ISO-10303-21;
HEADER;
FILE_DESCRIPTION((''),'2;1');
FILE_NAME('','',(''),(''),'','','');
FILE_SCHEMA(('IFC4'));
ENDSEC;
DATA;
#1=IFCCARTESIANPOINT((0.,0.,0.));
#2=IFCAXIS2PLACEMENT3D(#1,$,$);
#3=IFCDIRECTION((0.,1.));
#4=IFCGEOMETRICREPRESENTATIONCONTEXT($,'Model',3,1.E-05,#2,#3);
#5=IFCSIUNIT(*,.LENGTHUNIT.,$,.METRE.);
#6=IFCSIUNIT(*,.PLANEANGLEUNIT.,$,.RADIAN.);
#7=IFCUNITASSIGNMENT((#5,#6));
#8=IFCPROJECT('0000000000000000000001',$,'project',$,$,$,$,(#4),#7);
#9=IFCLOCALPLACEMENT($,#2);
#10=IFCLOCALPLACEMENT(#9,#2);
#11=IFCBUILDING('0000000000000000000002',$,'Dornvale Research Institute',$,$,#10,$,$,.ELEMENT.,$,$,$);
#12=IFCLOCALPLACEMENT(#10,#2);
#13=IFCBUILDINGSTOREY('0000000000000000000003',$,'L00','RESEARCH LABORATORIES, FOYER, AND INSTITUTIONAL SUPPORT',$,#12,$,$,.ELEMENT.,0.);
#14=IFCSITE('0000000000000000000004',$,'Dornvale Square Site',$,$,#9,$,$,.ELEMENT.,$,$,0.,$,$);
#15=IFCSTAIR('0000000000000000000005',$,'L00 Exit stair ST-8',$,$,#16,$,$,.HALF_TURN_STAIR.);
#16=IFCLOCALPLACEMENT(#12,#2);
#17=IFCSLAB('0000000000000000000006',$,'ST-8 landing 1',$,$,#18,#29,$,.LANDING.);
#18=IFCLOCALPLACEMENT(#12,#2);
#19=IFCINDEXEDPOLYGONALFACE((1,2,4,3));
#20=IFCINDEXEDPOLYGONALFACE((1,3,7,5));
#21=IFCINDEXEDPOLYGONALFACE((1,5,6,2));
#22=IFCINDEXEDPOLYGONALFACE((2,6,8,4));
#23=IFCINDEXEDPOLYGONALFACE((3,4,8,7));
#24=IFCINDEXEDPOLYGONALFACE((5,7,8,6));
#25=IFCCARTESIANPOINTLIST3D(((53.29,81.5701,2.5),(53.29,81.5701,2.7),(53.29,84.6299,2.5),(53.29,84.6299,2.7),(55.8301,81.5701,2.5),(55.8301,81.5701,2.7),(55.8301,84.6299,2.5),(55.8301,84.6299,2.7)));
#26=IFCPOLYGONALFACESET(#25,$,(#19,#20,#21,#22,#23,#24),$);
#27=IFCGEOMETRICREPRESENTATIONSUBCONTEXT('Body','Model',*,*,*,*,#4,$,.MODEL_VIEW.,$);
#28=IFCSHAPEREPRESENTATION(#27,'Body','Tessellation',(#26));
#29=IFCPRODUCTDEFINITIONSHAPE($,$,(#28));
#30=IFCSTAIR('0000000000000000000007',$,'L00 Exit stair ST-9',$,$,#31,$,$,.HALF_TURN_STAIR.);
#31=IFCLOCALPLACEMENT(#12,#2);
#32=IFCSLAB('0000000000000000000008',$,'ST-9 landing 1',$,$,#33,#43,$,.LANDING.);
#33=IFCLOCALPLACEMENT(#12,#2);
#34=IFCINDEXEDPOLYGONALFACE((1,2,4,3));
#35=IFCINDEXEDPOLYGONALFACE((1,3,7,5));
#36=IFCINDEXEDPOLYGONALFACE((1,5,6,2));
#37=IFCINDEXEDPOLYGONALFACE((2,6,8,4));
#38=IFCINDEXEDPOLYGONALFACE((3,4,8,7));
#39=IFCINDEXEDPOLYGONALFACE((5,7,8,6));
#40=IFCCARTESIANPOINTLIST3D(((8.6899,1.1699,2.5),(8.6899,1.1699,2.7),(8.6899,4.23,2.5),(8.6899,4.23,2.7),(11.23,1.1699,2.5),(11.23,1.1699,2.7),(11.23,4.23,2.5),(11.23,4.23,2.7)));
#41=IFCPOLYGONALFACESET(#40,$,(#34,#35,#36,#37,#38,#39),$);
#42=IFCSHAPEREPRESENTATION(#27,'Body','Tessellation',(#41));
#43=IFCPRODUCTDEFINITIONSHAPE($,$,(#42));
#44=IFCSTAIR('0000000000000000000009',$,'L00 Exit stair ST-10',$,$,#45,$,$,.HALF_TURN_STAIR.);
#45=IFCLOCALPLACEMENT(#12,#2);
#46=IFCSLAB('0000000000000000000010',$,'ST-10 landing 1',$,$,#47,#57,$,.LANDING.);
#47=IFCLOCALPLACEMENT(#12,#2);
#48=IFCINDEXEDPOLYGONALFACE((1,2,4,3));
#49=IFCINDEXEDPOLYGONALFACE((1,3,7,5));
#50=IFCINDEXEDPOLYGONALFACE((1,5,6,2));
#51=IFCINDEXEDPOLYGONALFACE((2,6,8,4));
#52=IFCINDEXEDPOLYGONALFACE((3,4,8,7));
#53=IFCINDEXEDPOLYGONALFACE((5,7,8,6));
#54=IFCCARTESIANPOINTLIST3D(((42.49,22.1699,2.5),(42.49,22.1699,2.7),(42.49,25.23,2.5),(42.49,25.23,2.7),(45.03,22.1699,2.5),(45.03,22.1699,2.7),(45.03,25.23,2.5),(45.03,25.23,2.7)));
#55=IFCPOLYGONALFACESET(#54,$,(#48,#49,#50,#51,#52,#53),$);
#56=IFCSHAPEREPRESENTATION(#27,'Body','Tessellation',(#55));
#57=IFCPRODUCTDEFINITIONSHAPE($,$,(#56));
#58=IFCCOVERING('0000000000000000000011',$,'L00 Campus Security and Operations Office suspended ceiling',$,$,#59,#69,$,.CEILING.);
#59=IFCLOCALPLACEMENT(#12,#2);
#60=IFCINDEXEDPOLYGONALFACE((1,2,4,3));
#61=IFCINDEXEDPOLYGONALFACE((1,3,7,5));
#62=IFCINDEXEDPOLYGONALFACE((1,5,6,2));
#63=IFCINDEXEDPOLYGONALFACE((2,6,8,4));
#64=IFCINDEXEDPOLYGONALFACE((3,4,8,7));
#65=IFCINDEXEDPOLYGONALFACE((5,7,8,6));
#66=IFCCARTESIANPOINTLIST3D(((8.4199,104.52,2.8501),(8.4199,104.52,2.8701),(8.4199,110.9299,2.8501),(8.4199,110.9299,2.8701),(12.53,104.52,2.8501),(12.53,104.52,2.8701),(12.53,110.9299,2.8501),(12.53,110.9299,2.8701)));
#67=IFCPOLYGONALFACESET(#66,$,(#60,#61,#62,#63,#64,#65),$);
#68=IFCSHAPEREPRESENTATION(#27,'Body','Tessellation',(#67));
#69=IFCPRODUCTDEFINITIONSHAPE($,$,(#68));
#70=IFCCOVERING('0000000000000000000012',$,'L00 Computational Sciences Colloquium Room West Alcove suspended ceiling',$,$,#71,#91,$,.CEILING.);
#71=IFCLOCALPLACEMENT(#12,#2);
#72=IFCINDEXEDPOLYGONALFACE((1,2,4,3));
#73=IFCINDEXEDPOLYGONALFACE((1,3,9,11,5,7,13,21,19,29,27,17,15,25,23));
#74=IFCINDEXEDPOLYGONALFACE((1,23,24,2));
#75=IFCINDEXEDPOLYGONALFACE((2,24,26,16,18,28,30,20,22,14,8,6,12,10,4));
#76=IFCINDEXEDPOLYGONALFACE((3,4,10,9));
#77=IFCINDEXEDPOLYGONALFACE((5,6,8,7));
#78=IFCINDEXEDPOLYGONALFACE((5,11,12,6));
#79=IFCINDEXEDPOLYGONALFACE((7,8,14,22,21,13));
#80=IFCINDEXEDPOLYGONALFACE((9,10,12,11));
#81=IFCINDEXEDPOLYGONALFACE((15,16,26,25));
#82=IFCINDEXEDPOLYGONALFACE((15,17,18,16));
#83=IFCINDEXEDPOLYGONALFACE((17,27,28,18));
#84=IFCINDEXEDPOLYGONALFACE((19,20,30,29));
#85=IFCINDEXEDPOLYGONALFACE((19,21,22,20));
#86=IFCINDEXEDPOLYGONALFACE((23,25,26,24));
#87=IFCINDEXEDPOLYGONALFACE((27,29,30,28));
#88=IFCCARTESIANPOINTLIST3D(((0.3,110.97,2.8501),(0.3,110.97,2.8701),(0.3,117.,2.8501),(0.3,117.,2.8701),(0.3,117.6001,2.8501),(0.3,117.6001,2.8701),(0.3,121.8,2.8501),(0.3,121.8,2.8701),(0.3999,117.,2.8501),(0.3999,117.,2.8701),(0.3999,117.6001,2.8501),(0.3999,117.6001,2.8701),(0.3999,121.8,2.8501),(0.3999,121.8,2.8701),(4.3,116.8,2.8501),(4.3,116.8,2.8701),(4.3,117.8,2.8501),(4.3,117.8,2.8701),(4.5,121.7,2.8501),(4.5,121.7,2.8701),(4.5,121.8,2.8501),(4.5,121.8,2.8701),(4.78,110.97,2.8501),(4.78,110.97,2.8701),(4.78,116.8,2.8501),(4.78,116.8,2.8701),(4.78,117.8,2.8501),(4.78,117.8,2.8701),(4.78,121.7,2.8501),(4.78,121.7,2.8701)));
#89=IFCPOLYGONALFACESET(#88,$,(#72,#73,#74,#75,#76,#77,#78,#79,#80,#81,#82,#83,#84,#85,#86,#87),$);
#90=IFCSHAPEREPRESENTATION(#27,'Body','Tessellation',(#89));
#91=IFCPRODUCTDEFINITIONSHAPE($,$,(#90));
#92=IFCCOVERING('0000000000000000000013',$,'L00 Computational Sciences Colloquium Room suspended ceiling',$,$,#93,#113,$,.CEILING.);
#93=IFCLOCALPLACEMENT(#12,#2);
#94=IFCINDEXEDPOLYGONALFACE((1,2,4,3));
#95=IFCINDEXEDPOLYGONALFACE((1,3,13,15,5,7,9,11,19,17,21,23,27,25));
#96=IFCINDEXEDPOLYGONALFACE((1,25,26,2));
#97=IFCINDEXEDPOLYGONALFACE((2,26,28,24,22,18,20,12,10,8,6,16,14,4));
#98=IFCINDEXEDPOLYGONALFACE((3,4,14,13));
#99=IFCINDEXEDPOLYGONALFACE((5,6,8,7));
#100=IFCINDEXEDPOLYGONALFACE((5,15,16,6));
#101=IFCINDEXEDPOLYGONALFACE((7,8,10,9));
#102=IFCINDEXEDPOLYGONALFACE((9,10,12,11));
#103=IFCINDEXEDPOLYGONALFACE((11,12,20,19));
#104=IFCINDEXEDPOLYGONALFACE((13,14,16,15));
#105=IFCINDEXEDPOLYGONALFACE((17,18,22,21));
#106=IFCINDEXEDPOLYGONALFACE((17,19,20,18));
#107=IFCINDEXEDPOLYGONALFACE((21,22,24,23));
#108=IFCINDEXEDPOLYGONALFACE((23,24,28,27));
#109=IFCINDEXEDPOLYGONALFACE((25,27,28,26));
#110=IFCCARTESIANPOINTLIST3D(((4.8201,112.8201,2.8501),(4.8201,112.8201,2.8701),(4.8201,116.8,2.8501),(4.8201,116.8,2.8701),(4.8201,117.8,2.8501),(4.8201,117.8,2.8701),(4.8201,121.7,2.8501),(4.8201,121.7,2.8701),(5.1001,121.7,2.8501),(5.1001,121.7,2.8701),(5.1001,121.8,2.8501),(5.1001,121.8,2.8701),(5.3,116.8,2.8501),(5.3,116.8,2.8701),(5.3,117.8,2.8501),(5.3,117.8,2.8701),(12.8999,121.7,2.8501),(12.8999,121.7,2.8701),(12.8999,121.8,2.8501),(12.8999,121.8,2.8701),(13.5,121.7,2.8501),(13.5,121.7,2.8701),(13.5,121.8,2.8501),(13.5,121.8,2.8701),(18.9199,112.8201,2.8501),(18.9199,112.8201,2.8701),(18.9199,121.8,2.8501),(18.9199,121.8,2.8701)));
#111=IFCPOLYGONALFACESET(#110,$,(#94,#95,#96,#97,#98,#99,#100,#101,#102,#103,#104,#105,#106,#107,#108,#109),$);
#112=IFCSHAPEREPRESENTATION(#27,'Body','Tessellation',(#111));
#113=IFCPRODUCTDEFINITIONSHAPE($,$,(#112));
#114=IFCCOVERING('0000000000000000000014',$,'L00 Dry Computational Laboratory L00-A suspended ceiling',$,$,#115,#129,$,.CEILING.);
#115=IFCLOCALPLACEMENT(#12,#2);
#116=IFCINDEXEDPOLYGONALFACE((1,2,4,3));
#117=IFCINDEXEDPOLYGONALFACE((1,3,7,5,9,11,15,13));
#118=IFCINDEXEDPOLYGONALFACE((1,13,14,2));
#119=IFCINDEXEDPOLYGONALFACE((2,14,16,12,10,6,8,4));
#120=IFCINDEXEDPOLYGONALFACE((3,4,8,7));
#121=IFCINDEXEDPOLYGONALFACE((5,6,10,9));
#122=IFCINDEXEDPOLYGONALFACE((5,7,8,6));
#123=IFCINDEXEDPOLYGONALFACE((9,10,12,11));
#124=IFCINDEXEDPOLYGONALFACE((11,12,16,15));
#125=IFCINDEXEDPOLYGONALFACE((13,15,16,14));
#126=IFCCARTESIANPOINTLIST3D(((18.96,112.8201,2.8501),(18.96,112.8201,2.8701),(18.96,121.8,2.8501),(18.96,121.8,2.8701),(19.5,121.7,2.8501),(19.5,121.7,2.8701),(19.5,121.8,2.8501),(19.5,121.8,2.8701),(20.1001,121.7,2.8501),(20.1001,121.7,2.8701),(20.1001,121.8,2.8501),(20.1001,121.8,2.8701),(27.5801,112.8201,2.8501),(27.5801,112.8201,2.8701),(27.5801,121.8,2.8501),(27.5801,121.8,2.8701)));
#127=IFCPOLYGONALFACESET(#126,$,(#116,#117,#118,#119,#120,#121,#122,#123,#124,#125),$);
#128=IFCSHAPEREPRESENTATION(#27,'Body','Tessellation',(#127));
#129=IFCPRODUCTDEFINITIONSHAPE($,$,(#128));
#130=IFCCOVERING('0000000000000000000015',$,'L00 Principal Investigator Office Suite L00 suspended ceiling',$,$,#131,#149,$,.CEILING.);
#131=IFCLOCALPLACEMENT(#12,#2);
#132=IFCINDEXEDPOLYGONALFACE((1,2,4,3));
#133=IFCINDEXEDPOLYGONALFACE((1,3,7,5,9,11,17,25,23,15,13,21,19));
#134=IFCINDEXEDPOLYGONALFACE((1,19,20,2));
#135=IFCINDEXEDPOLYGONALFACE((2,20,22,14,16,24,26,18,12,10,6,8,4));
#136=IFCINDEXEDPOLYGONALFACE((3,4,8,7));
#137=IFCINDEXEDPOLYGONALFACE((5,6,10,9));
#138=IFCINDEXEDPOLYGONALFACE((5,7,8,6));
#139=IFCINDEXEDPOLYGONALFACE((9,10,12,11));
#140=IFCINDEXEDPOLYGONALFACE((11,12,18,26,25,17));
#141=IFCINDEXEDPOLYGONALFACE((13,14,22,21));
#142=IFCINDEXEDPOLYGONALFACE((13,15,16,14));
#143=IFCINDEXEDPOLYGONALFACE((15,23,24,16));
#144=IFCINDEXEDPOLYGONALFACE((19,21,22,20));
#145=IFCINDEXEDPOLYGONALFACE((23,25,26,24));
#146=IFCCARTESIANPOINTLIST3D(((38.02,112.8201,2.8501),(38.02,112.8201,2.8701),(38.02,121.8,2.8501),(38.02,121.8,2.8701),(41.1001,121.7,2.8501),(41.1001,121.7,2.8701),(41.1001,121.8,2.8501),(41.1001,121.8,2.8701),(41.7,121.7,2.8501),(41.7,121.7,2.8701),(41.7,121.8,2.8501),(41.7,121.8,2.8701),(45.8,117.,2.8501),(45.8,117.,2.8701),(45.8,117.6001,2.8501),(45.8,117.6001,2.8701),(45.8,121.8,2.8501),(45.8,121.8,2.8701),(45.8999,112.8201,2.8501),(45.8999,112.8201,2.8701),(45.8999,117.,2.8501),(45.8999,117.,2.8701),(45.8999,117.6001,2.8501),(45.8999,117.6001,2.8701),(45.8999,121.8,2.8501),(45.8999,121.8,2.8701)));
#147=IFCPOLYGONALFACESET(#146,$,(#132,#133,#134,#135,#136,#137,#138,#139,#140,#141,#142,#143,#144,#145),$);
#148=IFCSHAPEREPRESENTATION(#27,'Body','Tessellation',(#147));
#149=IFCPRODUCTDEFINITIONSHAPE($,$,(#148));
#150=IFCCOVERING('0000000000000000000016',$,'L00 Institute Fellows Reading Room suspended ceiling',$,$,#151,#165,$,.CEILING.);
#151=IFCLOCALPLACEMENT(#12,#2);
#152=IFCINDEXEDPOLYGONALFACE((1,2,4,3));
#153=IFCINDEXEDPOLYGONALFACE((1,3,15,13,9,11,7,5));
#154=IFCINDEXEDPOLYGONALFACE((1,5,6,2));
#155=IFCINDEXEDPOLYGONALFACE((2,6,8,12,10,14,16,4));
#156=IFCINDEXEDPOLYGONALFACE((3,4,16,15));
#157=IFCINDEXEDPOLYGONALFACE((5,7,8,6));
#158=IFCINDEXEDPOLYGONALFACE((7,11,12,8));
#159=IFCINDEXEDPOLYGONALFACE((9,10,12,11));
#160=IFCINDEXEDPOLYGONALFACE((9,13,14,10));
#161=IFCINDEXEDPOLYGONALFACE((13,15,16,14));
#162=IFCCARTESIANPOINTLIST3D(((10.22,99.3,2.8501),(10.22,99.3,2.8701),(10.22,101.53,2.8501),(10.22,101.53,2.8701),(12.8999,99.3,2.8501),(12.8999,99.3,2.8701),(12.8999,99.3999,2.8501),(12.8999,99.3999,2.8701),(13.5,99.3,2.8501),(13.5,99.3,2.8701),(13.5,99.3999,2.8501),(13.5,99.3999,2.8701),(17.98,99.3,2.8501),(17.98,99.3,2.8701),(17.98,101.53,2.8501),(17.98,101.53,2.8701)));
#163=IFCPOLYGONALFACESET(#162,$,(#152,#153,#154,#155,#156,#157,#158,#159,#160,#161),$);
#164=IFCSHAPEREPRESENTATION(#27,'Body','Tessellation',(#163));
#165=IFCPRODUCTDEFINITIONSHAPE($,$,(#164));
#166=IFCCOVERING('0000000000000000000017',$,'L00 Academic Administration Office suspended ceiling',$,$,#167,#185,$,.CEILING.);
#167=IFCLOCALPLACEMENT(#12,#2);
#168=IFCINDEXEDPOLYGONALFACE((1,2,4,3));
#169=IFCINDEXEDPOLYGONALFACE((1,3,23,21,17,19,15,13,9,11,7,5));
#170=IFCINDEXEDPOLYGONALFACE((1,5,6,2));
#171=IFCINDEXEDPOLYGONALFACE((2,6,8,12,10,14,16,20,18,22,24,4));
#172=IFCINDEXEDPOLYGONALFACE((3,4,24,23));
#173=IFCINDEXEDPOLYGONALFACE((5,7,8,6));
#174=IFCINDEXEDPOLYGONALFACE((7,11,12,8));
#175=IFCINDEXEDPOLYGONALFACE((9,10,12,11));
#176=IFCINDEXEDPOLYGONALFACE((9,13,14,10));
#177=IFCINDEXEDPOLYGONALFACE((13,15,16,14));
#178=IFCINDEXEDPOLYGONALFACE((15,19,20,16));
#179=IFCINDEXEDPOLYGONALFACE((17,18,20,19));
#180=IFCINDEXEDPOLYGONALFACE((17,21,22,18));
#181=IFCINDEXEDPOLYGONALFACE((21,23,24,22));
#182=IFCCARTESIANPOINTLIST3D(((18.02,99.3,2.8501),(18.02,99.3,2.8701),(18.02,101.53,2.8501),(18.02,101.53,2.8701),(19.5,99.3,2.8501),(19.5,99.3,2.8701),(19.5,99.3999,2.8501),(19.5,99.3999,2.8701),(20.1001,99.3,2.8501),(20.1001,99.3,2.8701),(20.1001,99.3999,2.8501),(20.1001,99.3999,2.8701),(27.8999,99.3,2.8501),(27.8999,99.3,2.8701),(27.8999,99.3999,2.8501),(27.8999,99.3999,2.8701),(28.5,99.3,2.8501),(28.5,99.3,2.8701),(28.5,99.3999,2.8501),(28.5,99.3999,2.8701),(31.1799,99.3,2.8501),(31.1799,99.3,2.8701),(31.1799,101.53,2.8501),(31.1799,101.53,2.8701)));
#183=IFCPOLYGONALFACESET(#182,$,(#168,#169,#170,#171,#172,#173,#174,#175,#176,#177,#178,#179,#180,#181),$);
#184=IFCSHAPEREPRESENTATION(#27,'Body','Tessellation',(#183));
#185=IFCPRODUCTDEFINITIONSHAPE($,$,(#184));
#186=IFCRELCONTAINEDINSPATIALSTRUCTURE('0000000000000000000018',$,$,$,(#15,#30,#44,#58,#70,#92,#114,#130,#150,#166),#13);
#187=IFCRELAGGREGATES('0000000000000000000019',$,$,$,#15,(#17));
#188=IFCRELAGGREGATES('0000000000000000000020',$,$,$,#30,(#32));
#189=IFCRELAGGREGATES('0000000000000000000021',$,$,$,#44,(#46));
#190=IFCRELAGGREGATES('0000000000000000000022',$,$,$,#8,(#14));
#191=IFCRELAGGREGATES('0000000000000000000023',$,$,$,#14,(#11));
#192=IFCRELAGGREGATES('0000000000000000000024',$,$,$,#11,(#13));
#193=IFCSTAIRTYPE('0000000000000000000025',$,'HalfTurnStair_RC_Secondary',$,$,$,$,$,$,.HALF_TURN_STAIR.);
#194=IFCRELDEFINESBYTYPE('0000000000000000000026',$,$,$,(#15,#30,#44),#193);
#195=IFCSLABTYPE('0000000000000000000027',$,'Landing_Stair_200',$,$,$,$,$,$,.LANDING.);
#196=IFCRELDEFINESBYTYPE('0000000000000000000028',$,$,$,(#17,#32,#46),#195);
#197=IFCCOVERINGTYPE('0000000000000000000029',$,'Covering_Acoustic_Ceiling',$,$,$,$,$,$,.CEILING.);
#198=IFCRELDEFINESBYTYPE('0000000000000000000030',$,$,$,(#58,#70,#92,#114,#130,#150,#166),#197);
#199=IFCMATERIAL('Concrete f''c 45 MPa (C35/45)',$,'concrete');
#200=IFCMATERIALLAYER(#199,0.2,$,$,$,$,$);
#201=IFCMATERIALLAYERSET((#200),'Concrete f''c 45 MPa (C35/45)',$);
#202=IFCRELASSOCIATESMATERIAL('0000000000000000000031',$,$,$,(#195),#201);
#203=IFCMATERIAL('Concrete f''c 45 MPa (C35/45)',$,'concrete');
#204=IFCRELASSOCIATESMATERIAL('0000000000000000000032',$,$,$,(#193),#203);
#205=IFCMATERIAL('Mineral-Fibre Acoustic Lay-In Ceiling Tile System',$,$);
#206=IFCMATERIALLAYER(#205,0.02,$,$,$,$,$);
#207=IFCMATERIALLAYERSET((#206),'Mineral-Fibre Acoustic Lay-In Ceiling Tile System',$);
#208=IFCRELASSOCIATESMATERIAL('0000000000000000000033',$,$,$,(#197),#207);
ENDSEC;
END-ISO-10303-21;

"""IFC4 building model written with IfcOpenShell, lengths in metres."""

from ifc_helpers import new_model, si_unit, direction, frame, origin, place, context, subcontext, project, spatial, polyline, outline, extrude, material, layer, layer_set, type_object, element, aggregate, save


model = new_model("IFC4")

# Units and contexts
model_context = context("Model", 3, precision=1e-05, world=origin(), true_north=direction((0.0, 1.0)))
body_context = subcontext(model_context, "Body", "Model", "MODEL_VIEW")
ifc_project = project(units=[si_unit("LENGTHUNIT", "METRE"), si_unit("PLANEANGLEUNIT", "RADIAN")], contexts=[model_context])

# Site, building, storey
site_placement = place(None, origin())
site = spatial("IfcSite", under=ifc_project, at=site_placement, Name="Dornvale Square Site", CompositionType="ELEMENT", RefElevation=0.0)
building_placement = place(site_placement, origin())
building = spatial("IfcBuilding", under=site, at=building_placement, Name="Dornvale Research Institute", CompositionType="ELEMENT")
storey_placement = place(building_placement, origin())
storey = spatial("IfcBuildingStorey", under=building, at=storey_placement, Name="L00", Description="RESEARCH LABORATORIES, FOYER, AND INSTITUTIONAL SUPPORT", CompositionType="ELEMENT", Elevation=0.0)

# Stairs, slabs
ifc_material_1 = material(Name="Concrete f'c 45 MPa (C35/45)", Category="concrete")
ifc_layer_1 = layer(ifc_material_1, 0.2)
ifc_layer_set_1 = layer_set([ifc_layer_1], Name="Concrete f'c 45 MPa (C35/45)")
slab_type_1 = type_object("IfcSlabType", Name="Landing_Stair_200", PredefinedType="LANDING", material=ifc_layer_set_1)
ifc_material_2 = material(Name="Concrete f'c 45 MPa (C35/45)", Category="concrete")
stair_type_1 = type_object("IfcStairType", Name="HalfTurnStair_RC_Secondary", PredefinedType="HALF_TURN_STAIR", material=ifc_material_2)
stair_1_placement = place(storey_placement, origin())
stair_1 = element("IfcStair", 1, at=stair_1_placement, inside=storey, type_object=stair_type_1, Name="L00 Exit stair ST-8", PredefinedType="HALF_TURN_STAIR")
slab_1_placement = place(storey_placement, frame((0.0, 0.0, 2.5)))
slab_1 = element("IfcSlab", 2, at=slab_1_placement, type_object=slab_type_1, Name="ST-8 landing 1", PredefinedType="LANDING", context=body_context, shape_type="SweptSolid", body=[
    extrude(outline(polyline([(53.29, 81.5701), (53.29, 84.6299), (55.8301, 84.6299), (55.8301, 81.5701), (53.29, 81.5701)])), origin(), (0.0, 0.0, 1.0), 0.2),
])
aggregate(stair_1, [slab_1])
stair_2_placement = place(storey_placement, origin())
stair_2 = element("IfcStair", 3, at=stair_2_placement, inside=storey, type_object=stair_type_1, Name="L00 Exit stair ST-9", PredefinedType="HALF_TURN_STAIR")
slab_2_placement = place(storey_placement, frame((0.0, 0.0, 2.5)))
slab_2 = element("IfcSlab", 4, at=slab_2_placement, type_object=slab_type_1, Name="ST-9 landing 1", PredefinedType="LANDING", context=body_context, shape_type="SweptSolid", body=[
    extrude(outline(polyline([(8.6899, 1.1699), (8.6899, 4.23), (11.23, 4.23), (11.23, 1.1699), (8.6899, 1.1699)])), origin(), (0.0, 0.0, 1.0), 0.2),
])
aggregate(stair_2, [slab_2])
stair_3_placement = place(storey_placement, origin())
stair_3 = element("IfcStair", 5, at=stair_3_placement, inside=storey, type_object=stair_type_1, Name="L00 Exit stair ST-10", PredefinedType="HALF_TURN_STAIR")
slab_3_placement = place(storey_placement, frame((0.0, 0.0, 2.5)))
slab_3 = element("IfcSlab", 6, at=slab_3_placement, type_object=slab_type_1, Name="ST-10 landing 1", PredefinedType="LANDING", context=body_context, shape_type="SweptSolid", body=[
    extrude(outline(polyline([(42.49, 22.1699), (42.49, 25.23), (45.03, 25.23), (45.03, 22.1699), (42.49, 22.1699)])), origin(), (0.0, 0.0, 1.0), 0.2),
])
aggregate(stair_3, [slab_3])

# Coverings
ifc_material_3 = material(Name="Mineral-Fibre Acoustic Lay-In Ceiling Tile System")
ifc_layer_2 = layer(ifc_material_3, 0.02)
ifc_layer_set_2 = layer_set([ifc_layer_2], Name="Mineral-Fibre Acoustic Lay-In Ceiling Tile System")
covering_type = type_object("IfcCoveringType", Name="Covering_Acoustic_Ceiling", PredefinedType="CEILING", material=ifc_layer_set_2)
covering_1_placement = place(storey_placement, frame((0.0, 0.0, 2.8501)))
element("IfcCovering", 7, at=covering_1_placement, inside=storey, type_object=covering_type, Name="L00 Campus Security and Operations Office suspended ceiling", PredefinedType="CEILING", context=body_context, shape_type="SweptSolid", body=[
    extrude(outline(polyline([(8.4199, 104.52), (8.4199, 110.9299), (12.53, 110.9299), (12.53, 104.52), (8.4199, 104.52)])), origin(), (0.0, 0.0, 1.0), 0.02),
])
covering_2_placement = place(storey_placement, frame((0.0, 0.0, 2.8501)))
element("IfcCovering", 8, at=covering_2_placement, inside=storey, type_object=covering_type, Name="L00 Computational Sciences Colloquium Room West Alcove suspended ceiling", PredefinedType="CEILING", context=body_context, shape_type="SweptSolid", body=[
    extrude(outline(polyline([(4.78, 117.8), (4.3, 117.8), (4.3, 116.8), (4.78, 116.8), (4.78, 110.97), (0.3, 110.97), (0.3, 117.0), (0.3999, 117.0), (0.3999, 117.6001), (0.3, 117.6001), (0.3, 121.8), (0.3999, 121.8), (4.5, 121.8), (4.5, 121.7), (4.78, 121.7), (4.78, 117.8)])), origin(), (0.0, 0.0, 1.0), 0.02),
])
covering_3_placement = place(storey_placement, frame((0.0, 0.0, 2.8501)))
element("IfcCovering", 9, at=covering_3_placement, inside=storey, type_object=covering_type, Name="L00 Computational Sciences Colloquium Room suspended ceiling", PredefinedType="CEILING", context=body_context, shape_type="SweptSolid", body=[
    extrude(outline(polyline([(5.1001, 121.7), (5.1001, 121.8), (12.8999, 121.8), (12.8999, 121.7), (13.5, 121.7), (13.5, 121.8), (18.9199, 121.8), (18.9199, 112.8201), (4.8201, 112.8201), (4.8201, 116.8), (5.3, 116.8), (5.3, 117.8), (4.8201, 117.8), (4.8201, 121.7), (5.1001, 121.7)])), origin(), (0.0, 0.0, 1.0), 0.02),
])
covering_4_placement = place(storey_placement, frame((0.0, 0.0, 2.8501)))
element("IfcCovering", 10, at=covering_4_placement, inside=storey, type_object=covering_type, Name="L00 Dry Computational Laboratory L00-A suspended ceiling", PredefinedType="CEILING", context=body_context, shape_type="SweptSolid", body=[
    extrude(outline(polyline([(18.96, 112.8201), (18.96, 121.8), (19.5, 121.8), (19.5, 121.7), (20.1001, 121.7), (20.1001, 121.8), (27.5801, 121.8), (27.5801, 112.8201), (18.96, 112.8201)])), origin(), (0.0, 0.0, 1.0), 0.02),
])
covering_5_placement = place(storey_placement, frame((0.0, 0.0, 2.8501)))
element("IfcCovering", 11, at=covering_5_placement, inside=storey, type_object=covering_type, Name="L00 Principal Investigator Office Suite L00 suspended ceiling", PredefinedType="CEILING", context=body_context, shape_type="SweptSolid", body=[
    extrude(outline(polyline([(45.8, 117.0), (45.8999, 117.0), (45.8999, 112.8201), (38.02, 112.8201), (38.02, 121.8), (41.1001, 121.8), (41.1001, 121.7), (41.7, 121.7), (41.7, 121.8), (45.8, 121.8), (45.8999, 121.8), (45.8999, 117.6001), (45.8, 117.6001), (45.8, 117.0)])), origin(), (0.0, 0.0, 1.0), 0.02),
])
covering_6_placement = place(storey_placement, frame((0.0, 0.0, 2.8501)))
element("IfcCovering", 12, at=covering_6_placement, inside=storey, type_object=covering_type, Name="L00 Institute Fellows Reading Room suspended ceiling", PredefinedType="CEILING", context=body_context, shape_type="SweptSolid", body=[
    extrude(outline(polyline([(10.22, 99.3), (10.22, 101.53), (17.98, 101.53), (17.98, 99.3), (13.5, 99.3), (13.5, 99.3999), (12.8999, 99.3999), (12.8999, 99.3), (10.22, 99.3)])), origin(), (0.0, 0.0, 1.0), 0.02),
])
covering_7_placement = place(storey_placement, frame((0.0, 0.0, 2.8501)))
element("IfcCovering", 13, at=covering_7_placement, inside=storey, type_object=covering_type, Name="L00 Academic Administration Office suspended ceiling", PredefinedType="CEILING", context=body_context, shape_type="SweptSolid", body=[
    extrude(outline(polyline([(18.02, 99.3), (18.02, 101.53), (31.1799, 101.53), (31.1799, 99.3), (28.5, 99.3), (28.5, 99.3999), (27.8999, 99.3999), (27.8999, 99.3), (20.1001, 99.3), (20.1001, 99.3999), (19.5, 99.3999), (19.5, 99.3), (18.02, 99.3)])), origin(), (0.0, 0.0, 1.0), 0.02),
])

save(model, "model.ifc")
